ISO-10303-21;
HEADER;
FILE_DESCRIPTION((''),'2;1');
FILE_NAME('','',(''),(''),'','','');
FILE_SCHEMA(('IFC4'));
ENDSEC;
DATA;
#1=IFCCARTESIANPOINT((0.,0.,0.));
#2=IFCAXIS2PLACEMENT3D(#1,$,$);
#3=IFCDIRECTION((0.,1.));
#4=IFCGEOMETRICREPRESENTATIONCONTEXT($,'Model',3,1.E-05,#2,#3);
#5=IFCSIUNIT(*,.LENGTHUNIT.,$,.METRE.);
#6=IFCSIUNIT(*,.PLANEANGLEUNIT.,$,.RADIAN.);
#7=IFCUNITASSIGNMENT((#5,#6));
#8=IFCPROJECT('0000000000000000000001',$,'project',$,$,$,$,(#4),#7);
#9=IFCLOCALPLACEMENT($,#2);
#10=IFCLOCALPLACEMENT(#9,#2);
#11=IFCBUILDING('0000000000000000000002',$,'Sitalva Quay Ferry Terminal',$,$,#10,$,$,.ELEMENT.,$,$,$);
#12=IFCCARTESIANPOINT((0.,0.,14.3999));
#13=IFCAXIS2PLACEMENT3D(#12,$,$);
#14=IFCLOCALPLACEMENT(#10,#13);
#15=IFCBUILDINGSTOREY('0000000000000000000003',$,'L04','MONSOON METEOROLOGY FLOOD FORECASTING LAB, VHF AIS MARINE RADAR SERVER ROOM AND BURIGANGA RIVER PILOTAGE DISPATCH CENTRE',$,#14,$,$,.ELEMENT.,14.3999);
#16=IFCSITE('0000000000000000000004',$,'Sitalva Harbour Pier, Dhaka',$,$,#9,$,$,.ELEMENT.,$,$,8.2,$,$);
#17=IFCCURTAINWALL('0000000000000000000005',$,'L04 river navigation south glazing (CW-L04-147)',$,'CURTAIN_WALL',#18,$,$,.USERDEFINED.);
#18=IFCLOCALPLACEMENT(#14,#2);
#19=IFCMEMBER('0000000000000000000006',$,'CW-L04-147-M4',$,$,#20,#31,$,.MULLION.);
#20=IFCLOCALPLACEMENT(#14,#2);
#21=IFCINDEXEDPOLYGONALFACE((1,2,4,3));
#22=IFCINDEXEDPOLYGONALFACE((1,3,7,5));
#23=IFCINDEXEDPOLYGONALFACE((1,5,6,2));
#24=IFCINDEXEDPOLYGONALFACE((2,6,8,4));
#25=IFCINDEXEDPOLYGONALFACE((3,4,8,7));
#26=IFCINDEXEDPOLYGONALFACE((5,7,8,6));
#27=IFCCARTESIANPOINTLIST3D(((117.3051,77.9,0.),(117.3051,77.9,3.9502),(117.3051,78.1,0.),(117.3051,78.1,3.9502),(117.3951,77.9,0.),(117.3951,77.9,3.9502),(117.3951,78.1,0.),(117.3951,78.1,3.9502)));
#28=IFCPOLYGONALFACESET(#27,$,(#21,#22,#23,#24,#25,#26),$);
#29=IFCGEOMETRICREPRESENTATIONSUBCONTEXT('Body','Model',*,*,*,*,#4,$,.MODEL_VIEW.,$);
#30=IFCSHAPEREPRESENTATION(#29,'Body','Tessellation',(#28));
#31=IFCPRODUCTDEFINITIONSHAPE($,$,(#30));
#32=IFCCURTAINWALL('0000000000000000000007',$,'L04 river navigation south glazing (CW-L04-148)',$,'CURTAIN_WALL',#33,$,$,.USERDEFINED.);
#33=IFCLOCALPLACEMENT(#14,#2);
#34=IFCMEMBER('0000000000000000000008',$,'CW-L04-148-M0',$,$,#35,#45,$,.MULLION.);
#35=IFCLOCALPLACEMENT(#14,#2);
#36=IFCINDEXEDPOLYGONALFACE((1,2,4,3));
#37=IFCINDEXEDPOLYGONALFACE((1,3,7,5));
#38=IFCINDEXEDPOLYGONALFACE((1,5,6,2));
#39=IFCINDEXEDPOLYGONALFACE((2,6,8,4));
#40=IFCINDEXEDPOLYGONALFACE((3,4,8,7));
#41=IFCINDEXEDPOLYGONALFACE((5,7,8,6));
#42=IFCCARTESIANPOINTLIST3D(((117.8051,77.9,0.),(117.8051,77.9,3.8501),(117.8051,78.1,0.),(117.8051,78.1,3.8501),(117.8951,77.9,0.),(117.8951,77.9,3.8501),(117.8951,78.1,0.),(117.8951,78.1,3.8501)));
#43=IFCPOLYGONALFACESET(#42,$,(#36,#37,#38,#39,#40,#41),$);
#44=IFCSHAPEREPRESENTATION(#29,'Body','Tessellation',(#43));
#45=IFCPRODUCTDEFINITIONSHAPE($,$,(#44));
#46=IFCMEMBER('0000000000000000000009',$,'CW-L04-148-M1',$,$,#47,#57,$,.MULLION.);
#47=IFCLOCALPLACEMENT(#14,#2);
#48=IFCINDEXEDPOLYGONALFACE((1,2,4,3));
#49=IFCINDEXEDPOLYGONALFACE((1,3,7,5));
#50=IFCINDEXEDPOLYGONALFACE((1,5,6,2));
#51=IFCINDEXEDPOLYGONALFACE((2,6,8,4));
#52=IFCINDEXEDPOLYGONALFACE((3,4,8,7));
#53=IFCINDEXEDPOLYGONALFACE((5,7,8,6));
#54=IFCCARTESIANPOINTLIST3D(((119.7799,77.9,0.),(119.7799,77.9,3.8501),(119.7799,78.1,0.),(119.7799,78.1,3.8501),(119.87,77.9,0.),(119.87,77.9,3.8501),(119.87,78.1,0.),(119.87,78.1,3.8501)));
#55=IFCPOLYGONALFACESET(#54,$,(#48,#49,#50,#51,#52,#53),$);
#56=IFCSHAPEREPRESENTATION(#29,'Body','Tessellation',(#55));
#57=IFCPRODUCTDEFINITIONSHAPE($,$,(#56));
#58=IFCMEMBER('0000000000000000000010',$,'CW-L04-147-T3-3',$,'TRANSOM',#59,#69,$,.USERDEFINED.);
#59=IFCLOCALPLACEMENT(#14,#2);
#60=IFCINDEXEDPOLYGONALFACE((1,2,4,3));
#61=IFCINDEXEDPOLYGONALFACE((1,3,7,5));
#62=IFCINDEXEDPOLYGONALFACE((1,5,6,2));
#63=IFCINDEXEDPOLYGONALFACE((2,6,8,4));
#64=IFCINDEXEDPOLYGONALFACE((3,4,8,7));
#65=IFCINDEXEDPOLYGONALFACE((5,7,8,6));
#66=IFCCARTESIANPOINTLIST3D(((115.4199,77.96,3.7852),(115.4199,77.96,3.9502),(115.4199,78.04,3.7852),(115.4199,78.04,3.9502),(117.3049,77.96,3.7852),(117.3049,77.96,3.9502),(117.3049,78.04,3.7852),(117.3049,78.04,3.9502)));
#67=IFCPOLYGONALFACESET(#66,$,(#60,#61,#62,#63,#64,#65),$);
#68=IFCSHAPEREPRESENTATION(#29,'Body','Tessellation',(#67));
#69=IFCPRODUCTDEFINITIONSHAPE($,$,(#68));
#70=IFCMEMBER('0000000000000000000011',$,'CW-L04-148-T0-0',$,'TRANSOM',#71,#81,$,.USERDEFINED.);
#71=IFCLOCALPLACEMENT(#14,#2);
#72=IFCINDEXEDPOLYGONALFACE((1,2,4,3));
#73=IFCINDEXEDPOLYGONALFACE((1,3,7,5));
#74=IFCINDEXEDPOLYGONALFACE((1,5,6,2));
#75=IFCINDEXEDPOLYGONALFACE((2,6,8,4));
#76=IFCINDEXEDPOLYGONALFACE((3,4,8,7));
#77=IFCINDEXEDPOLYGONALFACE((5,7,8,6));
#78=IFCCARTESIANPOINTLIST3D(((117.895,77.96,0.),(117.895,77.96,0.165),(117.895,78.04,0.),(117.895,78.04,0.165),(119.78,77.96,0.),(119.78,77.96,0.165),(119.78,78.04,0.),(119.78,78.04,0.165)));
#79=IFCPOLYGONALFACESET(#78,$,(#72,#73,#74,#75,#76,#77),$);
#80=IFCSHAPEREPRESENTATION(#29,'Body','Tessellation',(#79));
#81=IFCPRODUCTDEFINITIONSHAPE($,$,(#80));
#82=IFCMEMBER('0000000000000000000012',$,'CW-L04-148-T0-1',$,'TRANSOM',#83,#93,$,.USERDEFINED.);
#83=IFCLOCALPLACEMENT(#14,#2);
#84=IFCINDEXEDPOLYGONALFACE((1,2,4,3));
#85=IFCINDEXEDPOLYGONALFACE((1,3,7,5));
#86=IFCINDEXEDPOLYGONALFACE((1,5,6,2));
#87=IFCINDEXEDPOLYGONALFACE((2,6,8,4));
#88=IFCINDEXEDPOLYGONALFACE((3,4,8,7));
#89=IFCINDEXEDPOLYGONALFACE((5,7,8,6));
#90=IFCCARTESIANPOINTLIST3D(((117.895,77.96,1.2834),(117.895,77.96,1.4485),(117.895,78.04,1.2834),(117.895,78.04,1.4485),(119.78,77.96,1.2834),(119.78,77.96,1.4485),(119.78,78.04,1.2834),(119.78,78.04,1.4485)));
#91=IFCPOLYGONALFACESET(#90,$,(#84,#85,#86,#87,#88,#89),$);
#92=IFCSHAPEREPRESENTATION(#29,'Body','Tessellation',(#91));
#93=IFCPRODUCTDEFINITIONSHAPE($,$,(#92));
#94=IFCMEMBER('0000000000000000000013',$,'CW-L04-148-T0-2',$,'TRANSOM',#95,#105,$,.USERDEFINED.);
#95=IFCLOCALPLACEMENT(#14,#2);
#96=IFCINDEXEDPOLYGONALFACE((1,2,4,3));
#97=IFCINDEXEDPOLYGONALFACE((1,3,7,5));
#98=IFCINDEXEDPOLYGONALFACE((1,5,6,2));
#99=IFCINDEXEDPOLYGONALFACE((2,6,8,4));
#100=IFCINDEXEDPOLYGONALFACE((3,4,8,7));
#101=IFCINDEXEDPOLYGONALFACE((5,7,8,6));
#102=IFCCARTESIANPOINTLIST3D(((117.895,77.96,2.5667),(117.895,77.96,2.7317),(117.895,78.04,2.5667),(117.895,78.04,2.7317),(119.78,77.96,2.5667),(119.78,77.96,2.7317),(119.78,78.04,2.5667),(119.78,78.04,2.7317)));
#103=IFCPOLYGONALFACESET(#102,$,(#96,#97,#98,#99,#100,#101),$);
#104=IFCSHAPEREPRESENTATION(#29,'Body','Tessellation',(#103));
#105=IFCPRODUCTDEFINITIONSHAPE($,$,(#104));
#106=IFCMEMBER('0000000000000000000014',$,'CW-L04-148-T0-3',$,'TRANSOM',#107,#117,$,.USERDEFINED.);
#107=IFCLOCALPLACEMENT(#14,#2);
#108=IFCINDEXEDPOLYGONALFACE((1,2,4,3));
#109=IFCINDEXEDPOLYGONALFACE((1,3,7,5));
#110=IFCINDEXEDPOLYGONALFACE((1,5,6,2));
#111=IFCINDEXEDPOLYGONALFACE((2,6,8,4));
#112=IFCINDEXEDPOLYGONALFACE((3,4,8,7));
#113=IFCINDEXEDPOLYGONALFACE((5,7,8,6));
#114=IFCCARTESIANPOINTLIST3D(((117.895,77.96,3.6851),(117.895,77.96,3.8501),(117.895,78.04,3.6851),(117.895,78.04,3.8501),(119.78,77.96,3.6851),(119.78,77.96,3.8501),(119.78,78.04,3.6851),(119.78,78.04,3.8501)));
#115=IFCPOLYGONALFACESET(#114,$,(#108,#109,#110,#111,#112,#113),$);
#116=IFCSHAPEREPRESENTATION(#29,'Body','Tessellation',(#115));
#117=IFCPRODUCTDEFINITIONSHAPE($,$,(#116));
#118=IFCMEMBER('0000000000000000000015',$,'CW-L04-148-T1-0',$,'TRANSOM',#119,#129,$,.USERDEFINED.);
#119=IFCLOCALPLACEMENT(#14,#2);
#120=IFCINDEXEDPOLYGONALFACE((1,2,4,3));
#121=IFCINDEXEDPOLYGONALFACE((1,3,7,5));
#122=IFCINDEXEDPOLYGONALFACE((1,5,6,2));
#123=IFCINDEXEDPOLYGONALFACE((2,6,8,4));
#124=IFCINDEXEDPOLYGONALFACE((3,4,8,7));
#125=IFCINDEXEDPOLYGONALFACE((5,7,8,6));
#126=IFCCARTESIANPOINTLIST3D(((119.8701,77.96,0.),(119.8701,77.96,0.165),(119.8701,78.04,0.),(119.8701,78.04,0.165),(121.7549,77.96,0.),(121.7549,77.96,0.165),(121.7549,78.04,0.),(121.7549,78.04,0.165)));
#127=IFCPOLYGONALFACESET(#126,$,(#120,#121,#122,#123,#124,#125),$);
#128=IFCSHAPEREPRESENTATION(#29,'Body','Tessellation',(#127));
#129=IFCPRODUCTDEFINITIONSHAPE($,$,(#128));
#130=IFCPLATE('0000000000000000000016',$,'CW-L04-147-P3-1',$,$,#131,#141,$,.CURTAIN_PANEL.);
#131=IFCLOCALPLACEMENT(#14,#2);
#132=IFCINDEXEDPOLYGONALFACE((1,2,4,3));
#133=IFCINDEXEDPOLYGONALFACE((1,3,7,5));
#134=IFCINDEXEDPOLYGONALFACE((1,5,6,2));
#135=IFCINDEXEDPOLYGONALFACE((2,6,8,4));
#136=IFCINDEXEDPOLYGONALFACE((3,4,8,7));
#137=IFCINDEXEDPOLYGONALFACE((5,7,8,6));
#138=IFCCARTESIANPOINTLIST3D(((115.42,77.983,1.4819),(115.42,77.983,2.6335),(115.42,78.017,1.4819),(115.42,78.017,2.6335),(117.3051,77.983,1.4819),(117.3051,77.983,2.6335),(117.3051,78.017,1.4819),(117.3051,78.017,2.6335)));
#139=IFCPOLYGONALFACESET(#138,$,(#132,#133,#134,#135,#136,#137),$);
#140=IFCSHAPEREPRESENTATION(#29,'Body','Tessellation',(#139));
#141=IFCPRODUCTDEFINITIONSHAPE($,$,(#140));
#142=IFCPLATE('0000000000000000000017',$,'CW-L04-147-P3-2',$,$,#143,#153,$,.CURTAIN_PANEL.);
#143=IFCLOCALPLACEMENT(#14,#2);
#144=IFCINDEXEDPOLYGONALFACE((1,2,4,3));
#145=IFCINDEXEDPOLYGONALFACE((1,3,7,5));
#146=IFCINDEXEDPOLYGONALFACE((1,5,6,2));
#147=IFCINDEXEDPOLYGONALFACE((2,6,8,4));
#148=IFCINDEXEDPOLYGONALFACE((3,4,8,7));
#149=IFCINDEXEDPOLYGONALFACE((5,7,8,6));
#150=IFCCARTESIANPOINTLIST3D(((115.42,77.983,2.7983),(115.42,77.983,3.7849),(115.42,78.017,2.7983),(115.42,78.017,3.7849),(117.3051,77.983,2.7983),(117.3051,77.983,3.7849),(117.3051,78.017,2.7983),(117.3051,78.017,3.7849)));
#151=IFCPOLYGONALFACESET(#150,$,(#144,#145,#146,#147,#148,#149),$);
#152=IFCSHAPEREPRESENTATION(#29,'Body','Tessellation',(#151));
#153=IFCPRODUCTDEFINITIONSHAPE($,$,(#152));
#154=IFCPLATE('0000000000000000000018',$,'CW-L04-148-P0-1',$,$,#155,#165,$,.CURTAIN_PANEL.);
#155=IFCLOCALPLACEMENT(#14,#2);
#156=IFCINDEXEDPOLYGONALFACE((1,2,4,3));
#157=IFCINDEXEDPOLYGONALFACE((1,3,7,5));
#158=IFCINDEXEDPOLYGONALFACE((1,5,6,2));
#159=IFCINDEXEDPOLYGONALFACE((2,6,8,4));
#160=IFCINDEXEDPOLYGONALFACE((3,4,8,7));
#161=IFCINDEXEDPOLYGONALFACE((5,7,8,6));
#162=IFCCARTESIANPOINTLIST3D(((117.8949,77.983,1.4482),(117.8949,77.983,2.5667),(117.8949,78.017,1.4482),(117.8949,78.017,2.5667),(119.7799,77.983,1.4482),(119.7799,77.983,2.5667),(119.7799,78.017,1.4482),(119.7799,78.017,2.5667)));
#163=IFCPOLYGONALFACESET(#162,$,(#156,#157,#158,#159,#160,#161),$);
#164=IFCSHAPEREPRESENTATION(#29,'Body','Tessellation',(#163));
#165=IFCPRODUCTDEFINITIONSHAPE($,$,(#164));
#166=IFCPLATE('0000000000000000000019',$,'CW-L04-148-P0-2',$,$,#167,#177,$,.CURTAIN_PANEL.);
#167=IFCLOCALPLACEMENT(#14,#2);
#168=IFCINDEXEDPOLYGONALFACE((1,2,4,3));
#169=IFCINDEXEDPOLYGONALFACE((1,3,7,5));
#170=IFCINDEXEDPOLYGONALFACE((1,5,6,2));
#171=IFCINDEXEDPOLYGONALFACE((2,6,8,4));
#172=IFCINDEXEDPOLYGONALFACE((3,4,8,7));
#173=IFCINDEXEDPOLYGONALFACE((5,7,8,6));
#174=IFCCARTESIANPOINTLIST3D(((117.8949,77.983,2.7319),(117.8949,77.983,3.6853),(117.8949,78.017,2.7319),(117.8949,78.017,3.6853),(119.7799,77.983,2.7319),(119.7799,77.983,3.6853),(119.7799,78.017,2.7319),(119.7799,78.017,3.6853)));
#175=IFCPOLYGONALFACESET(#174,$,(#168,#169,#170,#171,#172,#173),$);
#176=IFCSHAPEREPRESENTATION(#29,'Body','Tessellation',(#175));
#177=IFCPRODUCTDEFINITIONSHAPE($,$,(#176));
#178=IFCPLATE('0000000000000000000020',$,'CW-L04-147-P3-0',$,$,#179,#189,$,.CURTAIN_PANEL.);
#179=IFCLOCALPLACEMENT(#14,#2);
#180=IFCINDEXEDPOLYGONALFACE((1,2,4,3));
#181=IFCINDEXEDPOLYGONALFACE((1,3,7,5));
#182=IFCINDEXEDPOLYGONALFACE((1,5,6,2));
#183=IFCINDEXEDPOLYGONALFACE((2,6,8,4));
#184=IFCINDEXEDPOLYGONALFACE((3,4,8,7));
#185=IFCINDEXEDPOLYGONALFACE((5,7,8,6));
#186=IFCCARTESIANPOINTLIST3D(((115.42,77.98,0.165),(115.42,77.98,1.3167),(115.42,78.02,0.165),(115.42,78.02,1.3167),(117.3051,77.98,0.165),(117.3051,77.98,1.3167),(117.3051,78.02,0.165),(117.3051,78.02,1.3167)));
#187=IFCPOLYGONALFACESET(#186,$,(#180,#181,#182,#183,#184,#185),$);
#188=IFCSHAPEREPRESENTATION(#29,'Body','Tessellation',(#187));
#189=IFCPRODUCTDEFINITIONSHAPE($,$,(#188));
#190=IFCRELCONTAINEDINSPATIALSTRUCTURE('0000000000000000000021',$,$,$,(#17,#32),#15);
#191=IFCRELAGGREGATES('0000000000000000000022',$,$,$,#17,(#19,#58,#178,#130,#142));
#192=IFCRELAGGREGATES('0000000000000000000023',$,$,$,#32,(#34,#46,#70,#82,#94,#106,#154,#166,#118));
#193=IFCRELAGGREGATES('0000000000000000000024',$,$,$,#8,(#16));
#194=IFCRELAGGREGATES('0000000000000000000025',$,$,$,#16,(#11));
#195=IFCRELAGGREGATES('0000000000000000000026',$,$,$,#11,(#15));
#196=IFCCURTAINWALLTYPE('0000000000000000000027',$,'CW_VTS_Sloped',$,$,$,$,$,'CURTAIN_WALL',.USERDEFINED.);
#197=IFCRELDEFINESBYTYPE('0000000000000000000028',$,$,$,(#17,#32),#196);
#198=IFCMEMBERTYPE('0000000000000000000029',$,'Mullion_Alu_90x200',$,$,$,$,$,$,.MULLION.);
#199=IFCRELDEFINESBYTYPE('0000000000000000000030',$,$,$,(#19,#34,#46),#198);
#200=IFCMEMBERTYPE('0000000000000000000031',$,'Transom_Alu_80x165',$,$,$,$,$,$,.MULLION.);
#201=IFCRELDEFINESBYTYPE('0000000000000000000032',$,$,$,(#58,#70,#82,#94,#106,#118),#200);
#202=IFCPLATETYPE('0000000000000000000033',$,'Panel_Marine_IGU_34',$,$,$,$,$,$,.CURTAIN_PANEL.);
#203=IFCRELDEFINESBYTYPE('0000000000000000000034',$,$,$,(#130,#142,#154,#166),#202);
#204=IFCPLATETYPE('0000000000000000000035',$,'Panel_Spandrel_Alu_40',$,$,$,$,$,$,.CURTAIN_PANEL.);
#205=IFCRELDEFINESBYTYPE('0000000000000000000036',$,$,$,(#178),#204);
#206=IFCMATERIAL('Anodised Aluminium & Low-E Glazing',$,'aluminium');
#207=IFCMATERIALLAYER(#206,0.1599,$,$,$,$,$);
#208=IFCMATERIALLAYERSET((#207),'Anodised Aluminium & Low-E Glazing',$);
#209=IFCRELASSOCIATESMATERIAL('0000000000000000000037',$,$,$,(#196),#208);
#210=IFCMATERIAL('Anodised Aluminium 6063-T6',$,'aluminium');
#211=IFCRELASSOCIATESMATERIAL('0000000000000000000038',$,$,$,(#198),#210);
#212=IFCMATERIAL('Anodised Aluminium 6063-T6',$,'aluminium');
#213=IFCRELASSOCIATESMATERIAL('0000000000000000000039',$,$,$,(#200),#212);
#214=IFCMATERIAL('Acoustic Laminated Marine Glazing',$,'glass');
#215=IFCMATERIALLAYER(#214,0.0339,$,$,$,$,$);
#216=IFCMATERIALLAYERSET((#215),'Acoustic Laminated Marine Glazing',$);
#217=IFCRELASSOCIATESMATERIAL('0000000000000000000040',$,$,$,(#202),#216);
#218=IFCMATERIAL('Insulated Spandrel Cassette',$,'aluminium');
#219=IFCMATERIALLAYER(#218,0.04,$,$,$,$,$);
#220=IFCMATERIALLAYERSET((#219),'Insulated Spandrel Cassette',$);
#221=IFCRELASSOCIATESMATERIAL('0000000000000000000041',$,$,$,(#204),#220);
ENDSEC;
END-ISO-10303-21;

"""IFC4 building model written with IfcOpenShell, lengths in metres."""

from ifc_helpers import new_model, si_unit, direction, frame, origin, origin_2d, place, context, subcontext, project, spatial, rectangle, extrude, material, layer, layer_set, material_profile, profile_set, type_object, element, aggregate, save


model = new_model("IFC4")

# Units and contexts
model_context = context("Model", 3, precision=1e-05, world=origin(), true_north=direction((0.0, 1.0)))
body_context = subcontext(model_context, "Body", "Model", "MODEL_VIEW")
ifc_project = project(units=[si_unit("LENGTHUNIT", "METRE"), si_unit("PLANEANGLEUNIT", "RADIAN")], contexts=[model_context])

# Site, building, storey
site_placement = place(None, origin())
site = spatial("IfcSite", under=ifc_project, at=site_placement, Name="Sitalva Harbour Pier, Dhaka", CompositionType="ELEMENT", RefElevation=8.2)
building_placement = place(site_placement, origin())
building = spatial("IfcBuilding", under=site, at=building_placement, Name="Sitalva Quay Ferry Terminal", CompositionType="ELEMENT")
storey_placement = place(building_placement, frame((0.0, 0.0, 14.3999)))
storey = spatial("IfcBuildingStorey", under=building, at=storey_placement, Name="L04", Description="MONSOON METEOROLOGY FLOOD FORECASTING LAB, VHF AIS MARINE RADAR SERVER ROOM AND BURIGANGA RIVER PILOTAGE DISPATCH CENTRE", CompositionType="ELEMENT", Elevation=14.3999)

# Curtain wall, member
ifc_material_1 = material(Name="Anodised Aluminium & Low-E Glazing", Category="aluminium")
ifc_layer_1 = layer(ifc_material_1, 0.1599)
ifc_layer_set_1 = layer_set([ifc_layer_1], Name="Anodised Aluminium & Low-E Glazing")
curtain_wall_type = type_object("IfcCurtainWallType", Name="CW_VTS_Sloped", ElementType="CURTAIN_WALL", PredefinedType="USERDEFINED", material=ifc_layer_set_1)
curtain_wall_1_placement = place(storey_placement, origin())
curtain_wall_1 = element("IfcCurtainWall", 1, at=curtain_wall_1_placement, inside=storey, type_object=curtain_wall_type, Name="L04 river navigation south glazing (CW-L04-147)", ObjectType="CURTAIN_WALL", PredefinedType="USERDEFINED")
ifc_material_2 = material(Name="Anodised Aluminium 6063-T6", Category="aluminium")
ifc_material_profile_1 = material_profile(ifc_material_2, rectangle(XDim=0.0901, YDim=0.2, at=origin_2d()), Name="ALU90x200")
ifc_profile_set_1 = profile_set([ifc_material_profile_1], Name="Anodised Aluminium 6063-T6")
member_type_1 = type_object("IfcMemberType", Name="Mullion_Alu_90x200", PredefinedType="MULLION", material=ifc_profile_set_1)
member_1_placement = place(storey_placement, frame((117.3501, 78.0, 0.0), z_axis=(0.0, 0.0, 1.0), x_axis=(1.0, 0.0, 0.0)))
member_1 = element("IfcMember", 2, at=member_1_placement, type_object=member_type_1, Name="CW-L04-147-M4", PredefinedType="MULLION", context=body_context, shape_type="SweptSolid", body=[
    extrude(rectangle(XDim=0.0901, YDim=0.2, at=origin_2d()), origin(), (0.0, 0.0, 1.0), 3.9502),
])

# Curtain wall, members
curtain_wall_2_placement = place(storey_placement, origin())
curtain_wall_2 = element("IfcCurtainWall", 3, at=curtain_wall_2_placement, inside=storey, type_object=curtain_wall_type, Name="L04 river navigation south glazing (CW-L04-148)", ObjectType="CURTAIN_WALL", PredefinedType="USERDEFINED")
member_2_placement = place(storey_placement, frame((117.8501, 78.0, 0.0), z_axis=(0.0, 0.0, 1.0), x_axis=(1.0, 0.0, 0.0)))
member_2 = element("IfcMember", 4, at=member_2_placement, type_object=member_type_1, Name="CW-L04-148-M0", PredefinedType="MULLION", context=body_context, shape_type="SweptSolid", body=[
    extrude(rectangle(XDim=0.0901, YDim=0.2, at=origin_2d()), origin(), (0.0, 0.0, 1.0), 3.8501),
])
member_3_placement = place(storey_placement, frame((119.825, 78.0, 0.0), z_axis=(0.0, 0.0, 1.0), x_axis=(1.0, 0.0, 0.0)))
member_3 = element("IfcMember", 5, at=member_3_placement, type_object=member_type_1, Name="CW-L04-148-M1", PredefinedType="MULLION", context=body_context, shape_type="SweptSolid", body=[
    extrude(rectangle(XDim=0.0901, YDim=0.2, at=origin_2d()), origin(), (0.0, 0.0, 1.0), 3.8501),
])

# Members
ifc_material_3 = material(Name="Anodised Aluminium 6063-T6", Category="aluminium")
ifc_material_profile_2 = material_profile(ifc_material_3, rectangle(XDim=0.0801, YDim=0.165, at=origin_2d()), Name="ALU80x165")
ifc_profile_set_2 = profile_set([ifc_material_profile_2], Name="Anodised Aluminium 6063-T6")
member_type_2 = type_object("IfcMemberType", Name="Transom_Alu_80x165", PredefinedType="MULLION", material=ifc_profile_set_2)
member_4_placement = place(storey_placement, frame((115.4199, 78.0, 3.8677), z_axis=(1.0, 0.0, 0.0), x_axis=(0.0, 1.0, 0.0)))
member_4 = element("IfcMember", 6, at=member_4_placement, type_object=member_type_2, Name="CW-L04-147-T3-3", ObjectType="TRANSOM", PredefinedType="USERDEFINED", context=body_context, shape_type="SweptSolid", body=[
    extrude(rectangle(XDim=0.0801, YDim=0.165, at=origin_2d()), origin(), (0.0, 0.0, 1.0), 1.885),
])
member_5_placement = place(storey_placement, frame((117.895, 78.0, 0.0825), z_axis=(1.0, 0.0, 0.0), x_axis=(0.0, 1.0, 0.0)))
member_5 = element("IfcMember", 7, at=member_5_placement, type_object=member_type_2, Name="CW-L04-148-T0-0", ObjectType="TRANSOM", PredefinedType="USERDEFINED", context=body_context, shape_type="SweptSolid", body=[
    extrude(rectangle(XDim=0.0801, YDim=0.165, at=origin_2d()), origin(), (0.0, 0.0, 1.0), 1.885),
])
member_6_placement = place(storey_placement, frame((117.895, 78.0, 1.366), z_axis=(1.0, 0.0, 0.0), x_axis=(0.0, 1.0, 0.0)))
member_6 = element("IfcMember", 8, at=member_6_placement, type_object=member_type_2, Name="CW-L04-148-T0-1", ObjectType="TRANSOM", PredefinedType="USERDEFINED", context=body_context, shape_type="SweptSolid", body=[
    extrude(rectangle(XDim=0.0801, YDim=0.165, at=origin_2d()), origin(), (0.0, 0.0, 1.0), 1.885),
])
member_7_placement = place(storey_placement, frame((117.895, 78.0, 2.6492), z_axis=(1.0, 0.0, 0.0), x_axis=(0.0, 1.0, 0.0)))
member_7 = element("IfcMember", 9, at=member_7_placement, type_object=member_type_2, Name="CW-L04-148-T0-2", ObjectType="TRANSOM", PredefinedType="USERDEFINED", context=body_context, shape_type="SweptSolid", body=[
    extrude(rectangle(XDim=0.0801, YDim=0.165, at=origin_2d()), origin(), (0.0, 0.0, 1.0), 1.885),
])
member_8_placement = place(storey_placement, frame((117.895, 78.0, 3.7676), z_axis=(1.0, 0.0, 0.0), x_axis=(0.0, 1.0, 0.0)))
member_8 = element("IfcMember", 10, at=member_8_placement, type_object=member_type_2, Name="CW-L04-148-T0-3", ObjectType="TRANSOM", PredefinedType="USERDEFINED", context=body_context, shape_type="SweptSolid", body=[
    extrude(rectangle(XDim=0.0801, YDim=0.165, at=origin_2d()), origin(), (0.0, 0.0, 1.0), 1.885),
])
member_9_placement = place(storey_placement, frame((119.8701, 78.0, 0.0825), z_axis=(1.0, 0.0, 0.0), x_axis=(0.0, 1.0, 0.0)))
member_9 = element("IfcMember", 11, at=member_9_placement, type_object=member_type_2, Name="CW-L04-148-T1-0", ObjectType="TRANSOM", PredefinedType="USERDEFINED", context=body_context, shape_type="SweptSolid", body=[
    extrude(rectangle(XDim=0.0801, YDim=0.165, at=origin_2d()), origin(), (0.0, 0.0, 1.0), 1.8848),
])

# Plates
ifc_material_4 = material(Name="Acoustic Laminated Marine Glazing", Category="glass")
ifc_layer_2 = layer(ifc_material_4, 0.0339)
ifc_layer_set_2 = layer_set([ifc_layer_2], Name="Acoustic Laminated Marine Glazing")
plate_type_1 = type_object("IfcPlateType", Name="Panel_Marine_IGU_34", PredefinedType="CURTAIN_PANEL", material=ifc_layer_set_2)
plate_1_placement = place(storey_placement, frame((116.3625, 78.0, 1.4819), z_axis=(0.0, 0.0, 1.0), x_axis=(1.0, 0.0, 0.0)))
plate_1 = element("IfcPlate", 12, at=plate_1_placement, type_object=plate_type_1, Name="CW-L04-147-P3-1", PredefinedType="CURTAIN_PANEL", context=body_context, shape_type="SweptSolid", body=[
    extrude(rectangle(XDim=1.885, YDim=0.0339, at=origin_2d()), origin(), (0.0, 0.0, 1.0), 1.1516),
])
plate_2_placement = place(storey_placement, frame((116.3625, 78.0, 2.7983), z_axis=(0.0, 0.0, 1.0), x_axis=(1.0, 0.0, 0.0)))
plate_2 = element("IfcPlate", 13, at=plate_2_placement, type_object=plate_type_1, Name="CW-L04-147-P3-2", PredefinedType="CURTAIN_PANEL", context=body_context, shape_type="SweptSolid", body=[
    extrude(rectangle(XDim=1.885, YDim=0.0339, at=origin_2d()), origin(), (0.0, 0.0, 1.0), 0.9866),
])
plate_3_placement = place(storey_placement, frame((118.8374, 78.0, 1.4482), z_axis=(0.0, 0.0, 1.0), x_axis=(1.0, 0.0, 0.0)))
plate_3 = element("IfcPlate", 14, at=plate_3_placement, type_object=plate_type_1, Name="CW-L04-148-P0-1", PredefinedType="CURTAIN_PANEL", context=body_context, shape_type="SweptSolid", body=[
    extrude(rectangle(XDim=1.885, YDim=0.0339, at=origin_2d()), origin(), (0.0, 0.0, 1.0), 1.1184),
])
plate_4_placement = place(storey_placement, frame((118.8374, 78.0, 2.7319), z_axis=(0.0, 0.0, 1.0), x_axis=(1.0, 0.0, 0.0)))
plate_4 = element("IfcPlate", 15, at=plate_4_placement, type_object=plate_type_1, Name="CW-L04-148-P0-2", PredefinedType="CURTAIN_PANEL", context=body_context, shape_type="SweptSolid", body=[
    extrude(rectangle(XDim=1.885, YDim=0.0339, at=origin_2d()), origin(), (0.0, 0.0, 1.0), 0.9534),
])
ifc_material_5 = material(Name="Insulated Spandrel Cassette", Category="aluminium")
ifc_layer_3 = layer(ifc_material_5, 0.04)
ifc_layer_set_3 = layer_set([ifc_layer_3], Name="Insulated Spandrel Cassette")
plate_type_2 = type_object("IfcPlateType", Name="Panel_Spandrel_Alu_40", PredefinedType="CURTAIN_PANEL", material=ifc_layer_set_3)
plate_5_placement = place(storey_placement, frame((116.3625, 78.0, 0.165), z_axis=(0.0, 0.0, 1.0), x_axis=(1.0, 0.0, 0.0)))
plate_5 = element("IfcPlate", 16, at=plate_5_placement, type_object=plate_type_2, Name="CW-L04-147-P3-0", PredefinedType="CURTAIN_PANEL", context=body_context, shape_type="SweptSolid", body=[
    extrude(rectangle(XDim=1.885, YDim=0.04, at=origin_2d()), origin(), (0.0, 0.0, 1.0), 1.1516),
])
aggregate(curtain_wall_1, [member_1, member_4, plate_5, plate_1, plate_2])
aggregate(curtain_wall_2, [member_2, member_3, member_5, member_6, member_7, member_8, plate_3, plate_4, member_9])

save(model, "model.ifc")
